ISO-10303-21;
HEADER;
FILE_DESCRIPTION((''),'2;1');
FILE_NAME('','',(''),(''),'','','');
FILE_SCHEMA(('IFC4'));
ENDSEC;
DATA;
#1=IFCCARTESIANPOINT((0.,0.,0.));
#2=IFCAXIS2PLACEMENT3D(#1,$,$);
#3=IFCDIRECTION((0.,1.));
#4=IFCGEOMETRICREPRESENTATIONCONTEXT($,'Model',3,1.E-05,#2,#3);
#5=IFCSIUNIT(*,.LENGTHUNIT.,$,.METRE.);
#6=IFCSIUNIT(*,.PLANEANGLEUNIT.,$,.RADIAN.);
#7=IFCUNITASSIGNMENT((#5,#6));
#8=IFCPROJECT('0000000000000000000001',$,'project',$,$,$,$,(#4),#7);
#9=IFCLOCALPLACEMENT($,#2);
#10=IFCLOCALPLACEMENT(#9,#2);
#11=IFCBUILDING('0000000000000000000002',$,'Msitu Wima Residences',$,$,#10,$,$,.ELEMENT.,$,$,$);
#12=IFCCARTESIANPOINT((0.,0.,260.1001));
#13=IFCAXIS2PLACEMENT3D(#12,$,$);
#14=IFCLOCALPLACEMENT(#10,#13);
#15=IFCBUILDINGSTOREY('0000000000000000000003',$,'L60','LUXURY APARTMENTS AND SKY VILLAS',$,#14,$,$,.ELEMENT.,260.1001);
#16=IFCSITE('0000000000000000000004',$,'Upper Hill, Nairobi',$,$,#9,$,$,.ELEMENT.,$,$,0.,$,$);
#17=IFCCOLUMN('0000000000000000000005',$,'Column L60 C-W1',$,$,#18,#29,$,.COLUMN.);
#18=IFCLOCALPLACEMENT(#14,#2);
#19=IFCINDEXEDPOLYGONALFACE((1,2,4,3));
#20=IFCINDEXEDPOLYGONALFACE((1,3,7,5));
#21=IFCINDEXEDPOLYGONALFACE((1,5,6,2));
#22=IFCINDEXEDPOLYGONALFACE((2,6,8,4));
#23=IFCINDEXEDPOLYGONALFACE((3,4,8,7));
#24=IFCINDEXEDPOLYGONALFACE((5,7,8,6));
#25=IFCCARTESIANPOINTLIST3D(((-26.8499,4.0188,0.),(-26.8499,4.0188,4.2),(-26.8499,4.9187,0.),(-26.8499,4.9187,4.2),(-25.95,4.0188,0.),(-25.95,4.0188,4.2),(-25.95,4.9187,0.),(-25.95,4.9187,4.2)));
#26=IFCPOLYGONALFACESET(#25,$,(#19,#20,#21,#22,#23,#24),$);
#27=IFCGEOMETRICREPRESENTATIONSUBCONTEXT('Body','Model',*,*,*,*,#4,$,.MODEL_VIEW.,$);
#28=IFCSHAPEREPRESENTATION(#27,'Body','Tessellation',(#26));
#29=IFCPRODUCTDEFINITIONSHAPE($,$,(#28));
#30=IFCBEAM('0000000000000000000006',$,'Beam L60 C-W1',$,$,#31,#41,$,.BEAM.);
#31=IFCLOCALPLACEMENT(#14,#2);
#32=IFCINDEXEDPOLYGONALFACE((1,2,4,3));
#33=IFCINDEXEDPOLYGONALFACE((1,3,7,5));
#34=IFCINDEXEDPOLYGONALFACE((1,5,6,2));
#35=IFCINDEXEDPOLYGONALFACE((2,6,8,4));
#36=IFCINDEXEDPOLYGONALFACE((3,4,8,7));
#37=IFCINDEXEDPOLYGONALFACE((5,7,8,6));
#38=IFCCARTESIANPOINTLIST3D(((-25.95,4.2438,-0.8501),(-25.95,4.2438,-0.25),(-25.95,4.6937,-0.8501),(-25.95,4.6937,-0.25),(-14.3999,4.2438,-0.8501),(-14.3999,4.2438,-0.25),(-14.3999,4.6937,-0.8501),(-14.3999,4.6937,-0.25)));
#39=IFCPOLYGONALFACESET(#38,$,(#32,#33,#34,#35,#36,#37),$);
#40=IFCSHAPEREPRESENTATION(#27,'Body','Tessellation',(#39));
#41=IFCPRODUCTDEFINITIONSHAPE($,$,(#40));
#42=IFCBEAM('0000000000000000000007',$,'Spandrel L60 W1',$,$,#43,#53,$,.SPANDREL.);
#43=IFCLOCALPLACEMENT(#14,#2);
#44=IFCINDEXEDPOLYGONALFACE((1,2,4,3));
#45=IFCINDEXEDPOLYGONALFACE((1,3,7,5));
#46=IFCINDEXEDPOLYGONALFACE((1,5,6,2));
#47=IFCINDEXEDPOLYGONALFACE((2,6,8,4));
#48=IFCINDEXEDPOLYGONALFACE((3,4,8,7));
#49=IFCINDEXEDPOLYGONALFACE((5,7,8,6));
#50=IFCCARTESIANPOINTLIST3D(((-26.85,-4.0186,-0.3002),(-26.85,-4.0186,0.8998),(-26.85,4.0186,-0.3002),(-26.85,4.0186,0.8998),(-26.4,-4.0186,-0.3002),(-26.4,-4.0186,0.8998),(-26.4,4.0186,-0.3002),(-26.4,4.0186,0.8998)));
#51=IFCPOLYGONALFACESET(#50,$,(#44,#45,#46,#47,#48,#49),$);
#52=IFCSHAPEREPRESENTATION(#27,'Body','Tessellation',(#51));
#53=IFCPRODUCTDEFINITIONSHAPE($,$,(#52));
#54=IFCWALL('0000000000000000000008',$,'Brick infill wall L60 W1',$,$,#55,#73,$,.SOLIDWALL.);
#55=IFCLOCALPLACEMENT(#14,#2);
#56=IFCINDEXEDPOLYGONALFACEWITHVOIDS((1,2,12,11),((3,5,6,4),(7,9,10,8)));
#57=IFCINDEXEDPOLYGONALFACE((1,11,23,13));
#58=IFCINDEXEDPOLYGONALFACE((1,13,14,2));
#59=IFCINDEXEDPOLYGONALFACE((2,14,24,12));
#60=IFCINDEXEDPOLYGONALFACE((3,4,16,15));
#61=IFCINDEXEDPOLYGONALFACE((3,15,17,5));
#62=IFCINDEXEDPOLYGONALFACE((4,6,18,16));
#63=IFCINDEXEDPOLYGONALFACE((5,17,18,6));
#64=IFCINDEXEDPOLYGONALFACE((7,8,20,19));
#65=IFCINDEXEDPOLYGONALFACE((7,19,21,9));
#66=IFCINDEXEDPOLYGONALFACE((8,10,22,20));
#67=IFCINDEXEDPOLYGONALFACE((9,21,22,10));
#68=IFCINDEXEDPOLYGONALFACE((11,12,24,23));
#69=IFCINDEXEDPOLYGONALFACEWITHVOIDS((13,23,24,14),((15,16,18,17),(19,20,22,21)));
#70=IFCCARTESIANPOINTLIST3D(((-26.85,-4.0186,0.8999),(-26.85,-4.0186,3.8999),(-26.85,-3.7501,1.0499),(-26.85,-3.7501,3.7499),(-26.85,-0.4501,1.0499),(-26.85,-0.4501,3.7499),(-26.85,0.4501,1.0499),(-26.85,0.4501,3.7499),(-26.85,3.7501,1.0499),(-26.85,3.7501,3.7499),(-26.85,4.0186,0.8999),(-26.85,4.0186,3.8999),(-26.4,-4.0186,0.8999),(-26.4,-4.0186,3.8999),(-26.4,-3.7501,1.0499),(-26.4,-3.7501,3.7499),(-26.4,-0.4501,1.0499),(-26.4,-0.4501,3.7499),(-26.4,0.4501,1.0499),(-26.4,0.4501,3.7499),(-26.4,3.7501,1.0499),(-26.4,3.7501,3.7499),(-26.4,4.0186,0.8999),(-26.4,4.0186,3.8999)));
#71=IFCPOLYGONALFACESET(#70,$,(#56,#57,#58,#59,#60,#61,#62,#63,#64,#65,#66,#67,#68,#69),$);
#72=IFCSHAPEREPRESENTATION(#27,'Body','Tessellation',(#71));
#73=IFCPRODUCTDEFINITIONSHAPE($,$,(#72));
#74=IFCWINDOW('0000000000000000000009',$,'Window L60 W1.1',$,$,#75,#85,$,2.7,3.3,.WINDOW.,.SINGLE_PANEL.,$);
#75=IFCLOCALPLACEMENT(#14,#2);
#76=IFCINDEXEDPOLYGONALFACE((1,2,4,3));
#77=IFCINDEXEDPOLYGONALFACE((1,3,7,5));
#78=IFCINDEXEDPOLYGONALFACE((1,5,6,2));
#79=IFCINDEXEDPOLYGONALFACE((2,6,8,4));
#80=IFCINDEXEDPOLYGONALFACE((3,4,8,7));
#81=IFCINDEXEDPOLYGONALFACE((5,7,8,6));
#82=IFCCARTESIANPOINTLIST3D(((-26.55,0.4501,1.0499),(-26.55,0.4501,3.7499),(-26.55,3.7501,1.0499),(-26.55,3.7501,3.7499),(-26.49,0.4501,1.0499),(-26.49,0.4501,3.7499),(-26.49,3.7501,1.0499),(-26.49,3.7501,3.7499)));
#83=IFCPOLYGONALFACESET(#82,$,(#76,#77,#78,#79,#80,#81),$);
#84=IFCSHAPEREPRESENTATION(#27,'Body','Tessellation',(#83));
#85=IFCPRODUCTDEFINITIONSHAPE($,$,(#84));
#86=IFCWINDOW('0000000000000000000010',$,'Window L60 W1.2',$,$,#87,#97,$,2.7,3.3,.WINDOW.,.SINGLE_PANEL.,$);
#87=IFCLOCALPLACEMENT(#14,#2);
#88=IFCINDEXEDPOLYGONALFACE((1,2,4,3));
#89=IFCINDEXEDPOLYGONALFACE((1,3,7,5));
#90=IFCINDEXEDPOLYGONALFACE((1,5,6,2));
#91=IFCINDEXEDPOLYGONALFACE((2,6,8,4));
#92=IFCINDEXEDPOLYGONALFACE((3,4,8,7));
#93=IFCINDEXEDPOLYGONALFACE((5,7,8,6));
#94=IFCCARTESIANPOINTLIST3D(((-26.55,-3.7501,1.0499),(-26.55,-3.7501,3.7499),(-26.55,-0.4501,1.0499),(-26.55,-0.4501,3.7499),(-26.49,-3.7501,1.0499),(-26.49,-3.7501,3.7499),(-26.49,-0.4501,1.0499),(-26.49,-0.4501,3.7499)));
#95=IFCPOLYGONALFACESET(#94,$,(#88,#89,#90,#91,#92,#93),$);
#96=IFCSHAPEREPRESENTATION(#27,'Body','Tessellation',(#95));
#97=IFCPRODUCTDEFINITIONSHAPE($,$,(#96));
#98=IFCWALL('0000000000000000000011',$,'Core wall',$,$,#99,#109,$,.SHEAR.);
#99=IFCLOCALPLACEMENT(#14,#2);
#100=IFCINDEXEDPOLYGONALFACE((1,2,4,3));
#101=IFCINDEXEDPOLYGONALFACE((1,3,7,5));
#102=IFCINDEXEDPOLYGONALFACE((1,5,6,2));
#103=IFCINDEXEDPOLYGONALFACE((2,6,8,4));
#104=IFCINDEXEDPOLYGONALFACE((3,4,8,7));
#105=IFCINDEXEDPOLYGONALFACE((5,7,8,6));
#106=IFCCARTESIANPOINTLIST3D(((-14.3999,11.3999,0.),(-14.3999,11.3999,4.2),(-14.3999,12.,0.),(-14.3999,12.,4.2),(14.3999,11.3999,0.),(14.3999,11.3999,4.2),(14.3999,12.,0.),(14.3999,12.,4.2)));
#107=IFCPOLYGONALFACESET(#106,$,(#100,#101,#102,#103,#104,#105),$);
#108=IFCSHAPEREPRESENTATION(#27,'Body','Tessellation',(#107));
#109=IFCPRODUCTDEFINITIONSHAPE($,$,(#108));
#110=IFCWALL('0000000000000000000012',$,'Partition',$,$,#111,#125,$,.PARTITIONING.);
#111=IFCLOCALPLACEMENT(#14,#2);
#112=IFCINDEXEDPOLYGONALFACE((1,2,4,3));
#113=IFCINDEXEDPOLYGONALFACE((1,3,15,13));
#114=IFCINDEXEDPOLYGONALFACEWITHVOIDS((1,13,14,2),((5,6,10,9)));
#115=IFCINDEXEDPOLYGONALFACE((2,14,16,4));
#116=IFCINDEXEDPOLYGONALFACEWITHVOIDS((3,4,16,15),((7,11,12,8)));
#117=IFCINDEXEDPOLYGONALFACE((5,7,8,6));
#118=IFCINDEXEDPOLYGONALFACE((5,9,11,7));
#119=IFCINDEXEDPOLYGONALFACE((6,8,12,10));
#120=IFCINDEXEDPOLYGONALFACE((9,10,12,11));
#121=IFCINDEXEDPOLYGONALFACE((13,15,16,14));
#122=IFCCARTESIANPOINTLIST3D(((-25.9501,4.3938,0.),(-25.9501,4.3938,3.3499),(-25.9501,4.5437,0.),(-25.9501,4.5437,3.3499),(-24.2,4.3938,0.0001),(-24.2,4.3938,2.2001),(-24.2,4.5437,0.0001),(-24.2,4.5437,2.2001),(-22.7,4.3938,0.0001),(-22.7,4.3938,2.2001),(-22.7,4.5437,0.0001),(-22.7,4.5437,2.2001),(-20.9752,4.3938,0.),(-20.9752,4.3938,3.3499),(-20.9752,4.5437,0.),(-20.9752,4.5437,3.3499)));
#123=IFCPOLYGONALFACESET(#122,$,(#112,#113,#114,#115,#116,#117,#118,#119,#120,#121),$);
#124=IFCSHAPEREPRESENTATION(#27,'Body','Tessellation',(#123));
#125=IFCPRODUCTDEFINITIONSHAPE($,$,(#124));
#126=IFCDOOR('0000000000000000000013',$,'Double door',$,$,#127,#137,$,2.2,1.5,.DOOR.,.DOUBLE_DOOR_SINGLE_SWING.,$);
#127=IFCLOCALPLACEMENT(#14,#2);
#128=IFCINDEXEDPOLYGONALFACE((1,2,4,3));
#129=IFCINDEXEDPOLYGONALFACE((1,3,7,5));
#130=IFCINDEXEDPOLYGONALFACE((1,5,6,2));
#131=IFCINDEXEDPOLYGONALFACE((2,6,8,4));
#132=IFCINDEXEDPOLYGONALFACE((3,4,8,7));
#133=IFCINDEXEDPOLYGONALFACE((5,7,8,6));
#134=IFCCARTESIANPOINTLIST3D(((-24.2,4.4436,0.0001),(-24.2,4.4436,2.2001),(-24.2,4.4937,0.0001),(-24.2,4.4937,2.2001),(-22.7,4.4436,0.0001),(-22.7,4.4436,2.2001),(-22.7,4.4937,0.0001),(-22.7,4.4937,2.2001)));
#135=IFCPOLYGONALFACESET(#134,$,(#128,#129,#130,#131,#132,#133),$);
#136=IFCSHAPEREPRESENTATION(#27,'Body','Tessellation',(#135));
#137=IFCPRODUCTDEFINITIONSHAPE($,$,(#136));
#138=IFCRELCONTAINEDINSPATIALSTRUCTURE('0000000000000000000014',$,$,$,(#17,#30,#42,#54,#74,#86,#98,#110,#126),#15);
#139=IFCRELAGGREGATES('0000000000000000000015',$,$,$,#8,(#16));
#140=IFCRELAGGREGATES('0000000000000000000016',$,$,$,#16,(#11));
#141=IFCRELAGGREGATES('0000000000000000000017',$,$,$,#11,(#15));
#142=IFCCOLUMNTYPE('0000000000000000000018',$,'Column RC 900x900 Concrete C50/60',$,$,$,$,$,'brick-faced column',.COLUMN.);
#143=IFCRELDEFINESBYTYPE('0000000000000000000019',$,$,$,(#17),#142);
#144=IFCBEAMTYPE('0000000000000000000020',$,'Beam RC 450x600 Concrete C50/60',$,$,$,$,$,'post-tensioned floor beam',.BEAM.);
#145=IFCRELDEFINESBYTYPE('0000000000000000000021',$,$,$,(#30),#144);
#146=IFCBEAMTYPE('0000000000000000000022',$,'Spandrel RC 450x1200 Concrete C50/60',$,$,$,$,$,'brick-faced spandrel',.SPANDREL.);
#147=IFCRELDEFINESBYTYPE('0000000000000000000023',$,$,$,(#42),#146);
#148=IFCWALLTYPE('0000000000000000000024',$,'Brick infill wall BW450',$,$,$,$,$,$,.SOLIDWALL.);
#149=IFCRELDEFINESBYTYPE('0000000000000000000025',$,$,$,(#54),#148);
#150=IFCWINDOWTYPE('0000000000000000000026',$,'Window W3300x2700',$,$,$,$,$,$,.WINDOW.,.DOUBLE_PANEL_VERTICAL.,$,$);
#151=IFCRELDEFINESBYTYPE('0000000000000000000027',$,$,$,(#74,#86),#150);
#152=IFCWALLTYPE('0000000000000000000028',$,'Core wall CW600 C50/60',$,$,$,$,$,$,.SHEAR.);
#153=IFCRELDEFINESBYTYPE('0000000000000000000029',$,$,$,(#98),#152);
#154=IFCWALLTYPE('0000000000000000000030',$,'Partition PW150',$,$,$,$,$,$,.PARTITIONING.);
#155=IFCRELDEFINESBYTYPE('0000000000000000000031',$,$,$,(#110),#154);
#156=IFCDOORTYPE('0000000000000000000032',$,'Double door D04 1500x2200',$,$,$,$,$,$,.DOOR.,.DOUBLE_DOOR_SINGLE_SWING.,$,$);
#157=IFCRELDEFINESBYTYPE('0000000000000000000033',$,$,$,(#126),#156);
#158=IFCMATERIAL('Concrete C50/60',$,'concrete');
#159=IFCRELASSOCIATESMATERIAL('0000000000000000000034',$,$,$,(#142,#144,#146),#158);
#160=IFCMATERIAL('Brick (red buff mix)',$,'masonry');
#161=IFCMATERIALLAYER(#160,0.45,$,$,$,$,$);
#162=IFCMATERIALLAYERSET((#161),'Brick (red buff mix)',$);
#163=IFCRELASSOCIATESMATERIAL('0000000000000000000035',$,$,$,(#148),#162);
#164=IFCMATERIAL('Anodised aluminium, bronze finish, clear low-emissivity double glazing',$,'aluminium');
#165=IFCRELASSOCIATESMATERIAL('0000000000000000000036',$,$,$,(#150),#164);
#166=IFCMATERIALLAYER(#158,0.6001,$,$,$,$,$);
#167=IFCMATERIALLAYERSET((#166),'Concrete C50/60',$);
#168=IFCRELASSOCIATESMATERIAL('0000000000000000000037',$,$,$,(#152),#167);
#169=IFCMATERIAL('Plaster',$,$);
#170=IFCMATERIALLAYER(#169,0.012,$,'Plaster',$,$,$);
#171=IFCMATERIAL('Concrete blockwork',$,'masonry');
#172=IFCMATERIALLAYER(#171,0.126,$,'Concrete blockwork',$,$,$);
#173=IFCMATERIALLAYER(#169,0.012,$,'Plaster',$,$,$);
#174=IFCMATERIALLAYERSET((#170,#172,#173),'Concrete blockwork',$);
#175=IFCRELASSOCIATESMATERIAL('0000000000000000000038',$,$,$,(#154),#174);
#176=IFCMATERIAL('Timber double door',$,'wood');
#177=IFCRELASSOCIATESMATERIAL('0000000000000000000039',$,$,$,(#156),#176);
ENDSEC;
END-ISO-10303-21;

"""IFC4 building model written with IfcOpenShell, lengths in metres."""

from ifc_helpers import new_model, si_unit, direction, frame, frame_2d, origin, origin_2d, place, context, subcontext, project, spatial, rectangle, extrude, material, layer, layer_set, material_profile, profile_set, type_object, element, fill, save


model = new_model("IFC4")

# Units and contexts
model_context = context("Model", 3, precision=1e-05, world=origin(), true_north=direction((0.0, 1.0)))
body_context = subcontext(model_context, "Body", "Model", "MODEL_VIEW")
ifc_project = project(units=[si_unit("LENGTHUNIT", "METRE"), si_unit("PLANEANGLEUNIT", "RADIAN")], contexts=[model_context])

# Site, building, storey
site_placement = place(None, origin())
site = spatial("IfcSite", under=ifc_project, at=site_placement, Name="Upper Hill, Nairobi", CompositionType="ELEMENT", RefElevation=0.0)
building_placement = place(site_placement, origin())
building = spatial("IfcBuilding", under=site, at=building_placement, Name="Msitu Wima Residences", CompositionType="ELEMENT")
storey_placement = place(building_placement, frame((0.0, 0.0, 260.1001)))
storey = spatial("IfcBuildingStorey", under=building, at=storey_placement, Name="L60", Description="LUXURY APARTMENTS AND SKY VILLAS", CompositionType="ELEMENT", Elevation=260.1001)

# Column
ifc_material_1 = material(Name="Concrete C50/60", Category="concrete")
ifc_material_profile_1 = material_profile(ifc_material_1, rectangle(XDim=0.8999, YDim=0.8999, at=origin_2d()), Name="RC 900x900")
ifc_profile_set_1 = profile_set([ifc_material_profile_1], Name="Concrete C50/60")
column_type = type_object("IfcColumnType", Name="Column RC 900x900 Concrete C50/60", ElementType="brick-faced column", PredefinedType="COLUMN", material=ifc_profile_set_1)
column_placement = place(storey_placement, frame((-26.3999, 4.4688, 0.0), z_axis=(0.0, 0.0, 1.0), x_axis=(0.0, -1.0, 0.0)))
element("IfcColumn", 1, at=column_placement, inside=storey, type_object=column_type, Name="Column L60 C-W1", PredefinedType="COLUMN", context=body_context, shape_type="SweptSolid", body=[
    extrude(rectangle(XDim=0.8999, YDim=0.8999, at=origin_2d()), origin(), (0.0, 0.0, 1.0), 4.2),
])

# Beams
ifc_material_profile_2 = material_profile(ifc_material_1, rectangle(XDim=0.45, YDim=0.6001, at=origin_2d()), Name="RC 450x600")
ifc_profile_set_2 = profile_set([ifc_material_profile_2], Name="Concrete C50/60")
beam_type_1 = type_object("IfcBeamType", Name="Beam RC 450x600 Concrete C50/60", ElementType="post-tensioned floor beam", PredefinedType="BEAM", material=ifc_profile_set_2)
beam_1_placement = place(storey_placement, frame((-25.95, 4.4688, -0.55), z_axis=(1.0, 0.0, 0.0), x_axis=(0.0, 1.0, 0.0)))
element("IfcBeam", 2, at=beam_1_placement, inside=storey, type_object=beam_type_1, Name="Beam L60 C-W1", PredefinedType="BEAM", context=body_context, shape_type="SweptSolid", body=[
    extrude(rectangle(XDim=0.45, YDim=0.6001, at=origin_2d()), origin(), (0.0, 0.0, 1.0), 11.55),
])
ifc_material_profile_3 = material_profile(ifc_material_1, rectangle(XDim=0.45, YDim=1.2, at=origin_2d()), Name="RC 450x1200")
ifc_profile_set_3 = profile_set([ifc_material_profile_3], Name="Concrete C50/60")
beam_type_2 = type_object("IfcBeamType", Name="Spandrel RC 450x1200 Concrete C50/60", ElementType="brick-faced spandrel", PredefinedType="SPANDREL", material=ifc_profile_set_3)
beam_2_placement = place(storey_placement, frame((-26.625, 4.0186, 0.2998), z_axis=(0.0, -1.0, 0.0), x_axis=(1.0, 0.0, 0.0)))
element("IfcBeam", 3, at=beam_2_placement, inside=storey, type_object=beam_type_2, Name="Spandrel L60 W1", PredefinedType="SPANDREL", context=body_context, shape_type="SweptSolid", body=[
    extrude(rectangle(XDim=0.45, YDim=1.2, at=origin_2d()), origin(), (0.0, 0.0, 1.0), 8.0371),
])

# Wall, openings, windows
ifc_material_2 = material(Name="Brick (red buff mix)", Category="masonry")
ifc_layer_1 = layer(ifc_material_2, 0.45)
ifc_layer_set_1 = layer_set([ifc_layer_1], Name="Brick (red buff mix)")
wall_type_1 = type_object("IfcWallType", Name="Brick infill wall BW450", PredefinedType="SOLIDWALL", material=ifc_layer_set_1)
wall_1_placement = place(storey_placement, frame((-26.625, 4.0186, 0.8999), z_axis=(0.0, 0.0, 1.0), x_axis=(0.0, -1.0, 0.0)))
wall_1 = element("IfcWall", 4, at=wall_1_placement, inside=storey, type_object=wall_type_1, Name="Brick infill wall L60 W1", PredefinedType="SOLIDWALL", context=body_context, shape_type="SweptSolid", body=[
    extrude(rectangle(XDim=8.0371, YDim=0.45, at=frame_2d((4.0186, 0.0))), origin(), (0.0, 0.0, 1.0), 3.0),
])
opening_1_placement = place(wall_1_placement, frame((0.2686, 0.0, 0.1499)))
opening_1 = element("IfcOpeningElement", 5, at=opening_1_placement, cuts=wall_1, PredefinedType="OPENING", context=body_context, shape_type="SweptSolid", body=[
    extrude(rectangle(XDim=3.3, YDim=2.7, at=frame_2d((1.6499, 1.3501))), frame((0.0, 0.2349, 0.0), z_axis=(0.0, -1.0, 0.0), x_axis=(1.0, 0.0, 0.0)), (0.0, 0.0, 1.0), 0.47),
])
opening_2_placement = place(wall_1_placement, frame((4.4688, 0.0, 0.1499)))
opening_2 = element("IfcOpeningElement", 6, at=opening_2_placement, cuts=wall_1, PredefinedType="OPENING", context=body_context, shape_type="SweptSolid", body=[
    extrude(rectangle(XDim=3.3, YDim=2.7, at=frame_2d((1.6499, 1.3501))), frame((0.0, 0.2349, 0.0), z_axis=(0.0, -1.0, 0.0), x_axis=(1.0, 0.0, 0.0)), (0.0, 0.0, 1.0), 0.47),
])
ifc_material_3 = material(Name="Anodised aluminium, bronze finish, clear low-emissivity double glazing", Category="aluminium")
window_type = type_object("IfcWindowType", Name="Window W3300x2700", PartitioningType="DOUBLE_PANEL_VERTICAL", PredefinedType="WINDOW", material=ifc_material_3)
window_1_placement = place(opening_1_placement, origin())
window_1 = element("IfcWindow", 7, at=window_1_placement, inside=storey, type_object=window_type, Name="Window L60 W1.1", OverallHeight=2.7, OverallWidth=3.3, PartitioningType="SINGLE_PANEL", PredefinedType="WINDOW", context=body_context, shape_type="SweptSolid", body=[
    extrude(rectangle(XDim=3.3, YDim=2.7, at=frame_2d((1.6499, 1.3501))), frame((0.0, 0.135, 0.0), z_axis=(0.0, -1.0, 0.0), x_axis=(1.0, 0.0, 0.0)), (0.0, 0.0, 1.0), 0.0601),
])
fill(opening_1, window_1)
window_2_placement = place(opening_2_placement, origin())
window_2 = element("IfcWindow", 8, at=window_2_placement, inside=storey, type_object=window_type, Name="Window L60 W1.2", OverallHeight=2.7, OverallWidth=3.3, PartitioningType="SINGLE_PANEL", PredefinedType="WINDOW", context=body_context, shape_type="SweptSolid", body=[
    extrude(rectangle(XDim=3.3, YDim=2.7, at=frame_2d((1.6499, 1.3501))), frame((0.0, 0.135, 0.0), z_axis=(0.0, -1.0, 0.0), x_axis=(1.0, 0.0, 0.0)), (0.0, 0.0, 1.0), 0.0601),
])
fill(opening_2, window_2)

# Wall
ifc_layer_2 = layer(ifc_material_1, 0.6001)
ifc_layer_set_2 = layer_set([ifc_layer_2], Name="Concrete C50/60")
wall_type_2 = type_object("IfcWallType", Name="Core wall CW600 C50/60", PredefinedType="SHEAR", material=ifc_layer_set_2)
wall_2_placement = place(storey_placement, frame((-14.3999, 11.7, 0.0), z_axis=(0.0, 0.0, 1.0), x_axis=(1.0, 0.0, 0.0)))
element("IfcWall", 9, at=wall_2_placement, inside=storey, type_object=wall_type_2, Name="Core wall", PredefinedType="SHEAR", context=body_context, shape_type="SweptSolid", body=[
    extrude(rectangle(XDim=28.7998, YDim=0.6001, at=frame_2d((14.3999, 0.0))), origin(), (0.0, 0.0, 1.0), 4.2),
])

# Wall, opening, door
ifc_material_4 = material(Name="Plaster")
ifc_layer_3 = layer(ifc_material_4, 0.012, Name="Plaster")
ifc_material_5 = material(Name="Concrete blockwork", Category="masonry")
ifc_layer_4 = layer(ifc_material_5, 0.126, Name="Concrete blockwork")
ifc_layer_5 = layer(ifc_material_4, 0.012, Name="Plaster")
ifc_layer_set_3 = layer_set([ifc_layer_3, ifc_layer_4, ifc_layer_5], Name="Concrete blockwork")
wall_type_3 = type_object("IfcWallType", Name="Partition PW150", PredefinedType="PARTITIONING", material=ifc_layer_set_3)
wall_3_placement = place(storey_placement, frame((-25.95, 4.4688, 0.0), z_axis=(0.0, 0.0, 1.0), x_axis=(1.0, 0.0, 0.0)))
wall_3 = element("IfcWall", 10, at=wall_3_placement, inside=storey, type_object=wall_type_3, Name="Partition", PredefinedType="PARTITIONING", context=body_context, shape_type="SweptSolid", body=[
    extrude(rectangle(XDim=4.9749, YDim=0.1499, at=frame_2d((2.4873, 0.0))), origin(), (0.0, 0.0, 1.0), 3.3499),
])
opening_3_placement = place(wall_3_placement, frame((1.75, 0.0, 0.0)))
opening_3 = element("IfcOpeningElement", 11, at=opening_3_placement, cuts=wall_3, PredefinedType="OPENING", context=body_context, shape_type="SweptSolid", body=[
    extrude(rectangle(XDim=1.5, YDim=2.2, at=frame_2d((0.75, 1.1001))), frame((0.0, 0.085, 0.0), z_axis=(0.0, -1.0, 0.0), x_axis=(1.0, 0.0, 0.0)), (0.0, 0.0, 1.0), 0.1699),
])
ifc_material_6 = material(Name="Timber double door", Category="wood")
door_type_1 = type_object("IfcDoorType", Name="Double door D04 1500x2200", OperationType="DOUBLE_DOOR_SINGLE_SWING", PredefinedType="DOOR", material=ifc_material_6)
door_1_placement = place(opening_3_placement, origin())
door_1 = element("IfcDoor", 12, at=door_1_placement, inside=storey, type_object=door_type_1, Name="Double door", OperationType="DOUBLE_DOOR_SINGLE_SWING", OverallHeight=2.2, OverallWidth=1.5, PredefinedType="DOOR", context=body_context, shape_type="SweptSolid", body=[
    extrude(rectangle(XDim=1.5, YDim=2.2, at=frame_2d((0.75, 1.1001))), frame((0.0, 0.0249, 0.0), z_axis=(0.0, -1.0, 0.0), x_axis=(1.0, 0.0, 0.0)), (0.0, 0.0, 1.0), 0.05),
])
fill(opening_3, door_1)

save(model, "model.ifc")
